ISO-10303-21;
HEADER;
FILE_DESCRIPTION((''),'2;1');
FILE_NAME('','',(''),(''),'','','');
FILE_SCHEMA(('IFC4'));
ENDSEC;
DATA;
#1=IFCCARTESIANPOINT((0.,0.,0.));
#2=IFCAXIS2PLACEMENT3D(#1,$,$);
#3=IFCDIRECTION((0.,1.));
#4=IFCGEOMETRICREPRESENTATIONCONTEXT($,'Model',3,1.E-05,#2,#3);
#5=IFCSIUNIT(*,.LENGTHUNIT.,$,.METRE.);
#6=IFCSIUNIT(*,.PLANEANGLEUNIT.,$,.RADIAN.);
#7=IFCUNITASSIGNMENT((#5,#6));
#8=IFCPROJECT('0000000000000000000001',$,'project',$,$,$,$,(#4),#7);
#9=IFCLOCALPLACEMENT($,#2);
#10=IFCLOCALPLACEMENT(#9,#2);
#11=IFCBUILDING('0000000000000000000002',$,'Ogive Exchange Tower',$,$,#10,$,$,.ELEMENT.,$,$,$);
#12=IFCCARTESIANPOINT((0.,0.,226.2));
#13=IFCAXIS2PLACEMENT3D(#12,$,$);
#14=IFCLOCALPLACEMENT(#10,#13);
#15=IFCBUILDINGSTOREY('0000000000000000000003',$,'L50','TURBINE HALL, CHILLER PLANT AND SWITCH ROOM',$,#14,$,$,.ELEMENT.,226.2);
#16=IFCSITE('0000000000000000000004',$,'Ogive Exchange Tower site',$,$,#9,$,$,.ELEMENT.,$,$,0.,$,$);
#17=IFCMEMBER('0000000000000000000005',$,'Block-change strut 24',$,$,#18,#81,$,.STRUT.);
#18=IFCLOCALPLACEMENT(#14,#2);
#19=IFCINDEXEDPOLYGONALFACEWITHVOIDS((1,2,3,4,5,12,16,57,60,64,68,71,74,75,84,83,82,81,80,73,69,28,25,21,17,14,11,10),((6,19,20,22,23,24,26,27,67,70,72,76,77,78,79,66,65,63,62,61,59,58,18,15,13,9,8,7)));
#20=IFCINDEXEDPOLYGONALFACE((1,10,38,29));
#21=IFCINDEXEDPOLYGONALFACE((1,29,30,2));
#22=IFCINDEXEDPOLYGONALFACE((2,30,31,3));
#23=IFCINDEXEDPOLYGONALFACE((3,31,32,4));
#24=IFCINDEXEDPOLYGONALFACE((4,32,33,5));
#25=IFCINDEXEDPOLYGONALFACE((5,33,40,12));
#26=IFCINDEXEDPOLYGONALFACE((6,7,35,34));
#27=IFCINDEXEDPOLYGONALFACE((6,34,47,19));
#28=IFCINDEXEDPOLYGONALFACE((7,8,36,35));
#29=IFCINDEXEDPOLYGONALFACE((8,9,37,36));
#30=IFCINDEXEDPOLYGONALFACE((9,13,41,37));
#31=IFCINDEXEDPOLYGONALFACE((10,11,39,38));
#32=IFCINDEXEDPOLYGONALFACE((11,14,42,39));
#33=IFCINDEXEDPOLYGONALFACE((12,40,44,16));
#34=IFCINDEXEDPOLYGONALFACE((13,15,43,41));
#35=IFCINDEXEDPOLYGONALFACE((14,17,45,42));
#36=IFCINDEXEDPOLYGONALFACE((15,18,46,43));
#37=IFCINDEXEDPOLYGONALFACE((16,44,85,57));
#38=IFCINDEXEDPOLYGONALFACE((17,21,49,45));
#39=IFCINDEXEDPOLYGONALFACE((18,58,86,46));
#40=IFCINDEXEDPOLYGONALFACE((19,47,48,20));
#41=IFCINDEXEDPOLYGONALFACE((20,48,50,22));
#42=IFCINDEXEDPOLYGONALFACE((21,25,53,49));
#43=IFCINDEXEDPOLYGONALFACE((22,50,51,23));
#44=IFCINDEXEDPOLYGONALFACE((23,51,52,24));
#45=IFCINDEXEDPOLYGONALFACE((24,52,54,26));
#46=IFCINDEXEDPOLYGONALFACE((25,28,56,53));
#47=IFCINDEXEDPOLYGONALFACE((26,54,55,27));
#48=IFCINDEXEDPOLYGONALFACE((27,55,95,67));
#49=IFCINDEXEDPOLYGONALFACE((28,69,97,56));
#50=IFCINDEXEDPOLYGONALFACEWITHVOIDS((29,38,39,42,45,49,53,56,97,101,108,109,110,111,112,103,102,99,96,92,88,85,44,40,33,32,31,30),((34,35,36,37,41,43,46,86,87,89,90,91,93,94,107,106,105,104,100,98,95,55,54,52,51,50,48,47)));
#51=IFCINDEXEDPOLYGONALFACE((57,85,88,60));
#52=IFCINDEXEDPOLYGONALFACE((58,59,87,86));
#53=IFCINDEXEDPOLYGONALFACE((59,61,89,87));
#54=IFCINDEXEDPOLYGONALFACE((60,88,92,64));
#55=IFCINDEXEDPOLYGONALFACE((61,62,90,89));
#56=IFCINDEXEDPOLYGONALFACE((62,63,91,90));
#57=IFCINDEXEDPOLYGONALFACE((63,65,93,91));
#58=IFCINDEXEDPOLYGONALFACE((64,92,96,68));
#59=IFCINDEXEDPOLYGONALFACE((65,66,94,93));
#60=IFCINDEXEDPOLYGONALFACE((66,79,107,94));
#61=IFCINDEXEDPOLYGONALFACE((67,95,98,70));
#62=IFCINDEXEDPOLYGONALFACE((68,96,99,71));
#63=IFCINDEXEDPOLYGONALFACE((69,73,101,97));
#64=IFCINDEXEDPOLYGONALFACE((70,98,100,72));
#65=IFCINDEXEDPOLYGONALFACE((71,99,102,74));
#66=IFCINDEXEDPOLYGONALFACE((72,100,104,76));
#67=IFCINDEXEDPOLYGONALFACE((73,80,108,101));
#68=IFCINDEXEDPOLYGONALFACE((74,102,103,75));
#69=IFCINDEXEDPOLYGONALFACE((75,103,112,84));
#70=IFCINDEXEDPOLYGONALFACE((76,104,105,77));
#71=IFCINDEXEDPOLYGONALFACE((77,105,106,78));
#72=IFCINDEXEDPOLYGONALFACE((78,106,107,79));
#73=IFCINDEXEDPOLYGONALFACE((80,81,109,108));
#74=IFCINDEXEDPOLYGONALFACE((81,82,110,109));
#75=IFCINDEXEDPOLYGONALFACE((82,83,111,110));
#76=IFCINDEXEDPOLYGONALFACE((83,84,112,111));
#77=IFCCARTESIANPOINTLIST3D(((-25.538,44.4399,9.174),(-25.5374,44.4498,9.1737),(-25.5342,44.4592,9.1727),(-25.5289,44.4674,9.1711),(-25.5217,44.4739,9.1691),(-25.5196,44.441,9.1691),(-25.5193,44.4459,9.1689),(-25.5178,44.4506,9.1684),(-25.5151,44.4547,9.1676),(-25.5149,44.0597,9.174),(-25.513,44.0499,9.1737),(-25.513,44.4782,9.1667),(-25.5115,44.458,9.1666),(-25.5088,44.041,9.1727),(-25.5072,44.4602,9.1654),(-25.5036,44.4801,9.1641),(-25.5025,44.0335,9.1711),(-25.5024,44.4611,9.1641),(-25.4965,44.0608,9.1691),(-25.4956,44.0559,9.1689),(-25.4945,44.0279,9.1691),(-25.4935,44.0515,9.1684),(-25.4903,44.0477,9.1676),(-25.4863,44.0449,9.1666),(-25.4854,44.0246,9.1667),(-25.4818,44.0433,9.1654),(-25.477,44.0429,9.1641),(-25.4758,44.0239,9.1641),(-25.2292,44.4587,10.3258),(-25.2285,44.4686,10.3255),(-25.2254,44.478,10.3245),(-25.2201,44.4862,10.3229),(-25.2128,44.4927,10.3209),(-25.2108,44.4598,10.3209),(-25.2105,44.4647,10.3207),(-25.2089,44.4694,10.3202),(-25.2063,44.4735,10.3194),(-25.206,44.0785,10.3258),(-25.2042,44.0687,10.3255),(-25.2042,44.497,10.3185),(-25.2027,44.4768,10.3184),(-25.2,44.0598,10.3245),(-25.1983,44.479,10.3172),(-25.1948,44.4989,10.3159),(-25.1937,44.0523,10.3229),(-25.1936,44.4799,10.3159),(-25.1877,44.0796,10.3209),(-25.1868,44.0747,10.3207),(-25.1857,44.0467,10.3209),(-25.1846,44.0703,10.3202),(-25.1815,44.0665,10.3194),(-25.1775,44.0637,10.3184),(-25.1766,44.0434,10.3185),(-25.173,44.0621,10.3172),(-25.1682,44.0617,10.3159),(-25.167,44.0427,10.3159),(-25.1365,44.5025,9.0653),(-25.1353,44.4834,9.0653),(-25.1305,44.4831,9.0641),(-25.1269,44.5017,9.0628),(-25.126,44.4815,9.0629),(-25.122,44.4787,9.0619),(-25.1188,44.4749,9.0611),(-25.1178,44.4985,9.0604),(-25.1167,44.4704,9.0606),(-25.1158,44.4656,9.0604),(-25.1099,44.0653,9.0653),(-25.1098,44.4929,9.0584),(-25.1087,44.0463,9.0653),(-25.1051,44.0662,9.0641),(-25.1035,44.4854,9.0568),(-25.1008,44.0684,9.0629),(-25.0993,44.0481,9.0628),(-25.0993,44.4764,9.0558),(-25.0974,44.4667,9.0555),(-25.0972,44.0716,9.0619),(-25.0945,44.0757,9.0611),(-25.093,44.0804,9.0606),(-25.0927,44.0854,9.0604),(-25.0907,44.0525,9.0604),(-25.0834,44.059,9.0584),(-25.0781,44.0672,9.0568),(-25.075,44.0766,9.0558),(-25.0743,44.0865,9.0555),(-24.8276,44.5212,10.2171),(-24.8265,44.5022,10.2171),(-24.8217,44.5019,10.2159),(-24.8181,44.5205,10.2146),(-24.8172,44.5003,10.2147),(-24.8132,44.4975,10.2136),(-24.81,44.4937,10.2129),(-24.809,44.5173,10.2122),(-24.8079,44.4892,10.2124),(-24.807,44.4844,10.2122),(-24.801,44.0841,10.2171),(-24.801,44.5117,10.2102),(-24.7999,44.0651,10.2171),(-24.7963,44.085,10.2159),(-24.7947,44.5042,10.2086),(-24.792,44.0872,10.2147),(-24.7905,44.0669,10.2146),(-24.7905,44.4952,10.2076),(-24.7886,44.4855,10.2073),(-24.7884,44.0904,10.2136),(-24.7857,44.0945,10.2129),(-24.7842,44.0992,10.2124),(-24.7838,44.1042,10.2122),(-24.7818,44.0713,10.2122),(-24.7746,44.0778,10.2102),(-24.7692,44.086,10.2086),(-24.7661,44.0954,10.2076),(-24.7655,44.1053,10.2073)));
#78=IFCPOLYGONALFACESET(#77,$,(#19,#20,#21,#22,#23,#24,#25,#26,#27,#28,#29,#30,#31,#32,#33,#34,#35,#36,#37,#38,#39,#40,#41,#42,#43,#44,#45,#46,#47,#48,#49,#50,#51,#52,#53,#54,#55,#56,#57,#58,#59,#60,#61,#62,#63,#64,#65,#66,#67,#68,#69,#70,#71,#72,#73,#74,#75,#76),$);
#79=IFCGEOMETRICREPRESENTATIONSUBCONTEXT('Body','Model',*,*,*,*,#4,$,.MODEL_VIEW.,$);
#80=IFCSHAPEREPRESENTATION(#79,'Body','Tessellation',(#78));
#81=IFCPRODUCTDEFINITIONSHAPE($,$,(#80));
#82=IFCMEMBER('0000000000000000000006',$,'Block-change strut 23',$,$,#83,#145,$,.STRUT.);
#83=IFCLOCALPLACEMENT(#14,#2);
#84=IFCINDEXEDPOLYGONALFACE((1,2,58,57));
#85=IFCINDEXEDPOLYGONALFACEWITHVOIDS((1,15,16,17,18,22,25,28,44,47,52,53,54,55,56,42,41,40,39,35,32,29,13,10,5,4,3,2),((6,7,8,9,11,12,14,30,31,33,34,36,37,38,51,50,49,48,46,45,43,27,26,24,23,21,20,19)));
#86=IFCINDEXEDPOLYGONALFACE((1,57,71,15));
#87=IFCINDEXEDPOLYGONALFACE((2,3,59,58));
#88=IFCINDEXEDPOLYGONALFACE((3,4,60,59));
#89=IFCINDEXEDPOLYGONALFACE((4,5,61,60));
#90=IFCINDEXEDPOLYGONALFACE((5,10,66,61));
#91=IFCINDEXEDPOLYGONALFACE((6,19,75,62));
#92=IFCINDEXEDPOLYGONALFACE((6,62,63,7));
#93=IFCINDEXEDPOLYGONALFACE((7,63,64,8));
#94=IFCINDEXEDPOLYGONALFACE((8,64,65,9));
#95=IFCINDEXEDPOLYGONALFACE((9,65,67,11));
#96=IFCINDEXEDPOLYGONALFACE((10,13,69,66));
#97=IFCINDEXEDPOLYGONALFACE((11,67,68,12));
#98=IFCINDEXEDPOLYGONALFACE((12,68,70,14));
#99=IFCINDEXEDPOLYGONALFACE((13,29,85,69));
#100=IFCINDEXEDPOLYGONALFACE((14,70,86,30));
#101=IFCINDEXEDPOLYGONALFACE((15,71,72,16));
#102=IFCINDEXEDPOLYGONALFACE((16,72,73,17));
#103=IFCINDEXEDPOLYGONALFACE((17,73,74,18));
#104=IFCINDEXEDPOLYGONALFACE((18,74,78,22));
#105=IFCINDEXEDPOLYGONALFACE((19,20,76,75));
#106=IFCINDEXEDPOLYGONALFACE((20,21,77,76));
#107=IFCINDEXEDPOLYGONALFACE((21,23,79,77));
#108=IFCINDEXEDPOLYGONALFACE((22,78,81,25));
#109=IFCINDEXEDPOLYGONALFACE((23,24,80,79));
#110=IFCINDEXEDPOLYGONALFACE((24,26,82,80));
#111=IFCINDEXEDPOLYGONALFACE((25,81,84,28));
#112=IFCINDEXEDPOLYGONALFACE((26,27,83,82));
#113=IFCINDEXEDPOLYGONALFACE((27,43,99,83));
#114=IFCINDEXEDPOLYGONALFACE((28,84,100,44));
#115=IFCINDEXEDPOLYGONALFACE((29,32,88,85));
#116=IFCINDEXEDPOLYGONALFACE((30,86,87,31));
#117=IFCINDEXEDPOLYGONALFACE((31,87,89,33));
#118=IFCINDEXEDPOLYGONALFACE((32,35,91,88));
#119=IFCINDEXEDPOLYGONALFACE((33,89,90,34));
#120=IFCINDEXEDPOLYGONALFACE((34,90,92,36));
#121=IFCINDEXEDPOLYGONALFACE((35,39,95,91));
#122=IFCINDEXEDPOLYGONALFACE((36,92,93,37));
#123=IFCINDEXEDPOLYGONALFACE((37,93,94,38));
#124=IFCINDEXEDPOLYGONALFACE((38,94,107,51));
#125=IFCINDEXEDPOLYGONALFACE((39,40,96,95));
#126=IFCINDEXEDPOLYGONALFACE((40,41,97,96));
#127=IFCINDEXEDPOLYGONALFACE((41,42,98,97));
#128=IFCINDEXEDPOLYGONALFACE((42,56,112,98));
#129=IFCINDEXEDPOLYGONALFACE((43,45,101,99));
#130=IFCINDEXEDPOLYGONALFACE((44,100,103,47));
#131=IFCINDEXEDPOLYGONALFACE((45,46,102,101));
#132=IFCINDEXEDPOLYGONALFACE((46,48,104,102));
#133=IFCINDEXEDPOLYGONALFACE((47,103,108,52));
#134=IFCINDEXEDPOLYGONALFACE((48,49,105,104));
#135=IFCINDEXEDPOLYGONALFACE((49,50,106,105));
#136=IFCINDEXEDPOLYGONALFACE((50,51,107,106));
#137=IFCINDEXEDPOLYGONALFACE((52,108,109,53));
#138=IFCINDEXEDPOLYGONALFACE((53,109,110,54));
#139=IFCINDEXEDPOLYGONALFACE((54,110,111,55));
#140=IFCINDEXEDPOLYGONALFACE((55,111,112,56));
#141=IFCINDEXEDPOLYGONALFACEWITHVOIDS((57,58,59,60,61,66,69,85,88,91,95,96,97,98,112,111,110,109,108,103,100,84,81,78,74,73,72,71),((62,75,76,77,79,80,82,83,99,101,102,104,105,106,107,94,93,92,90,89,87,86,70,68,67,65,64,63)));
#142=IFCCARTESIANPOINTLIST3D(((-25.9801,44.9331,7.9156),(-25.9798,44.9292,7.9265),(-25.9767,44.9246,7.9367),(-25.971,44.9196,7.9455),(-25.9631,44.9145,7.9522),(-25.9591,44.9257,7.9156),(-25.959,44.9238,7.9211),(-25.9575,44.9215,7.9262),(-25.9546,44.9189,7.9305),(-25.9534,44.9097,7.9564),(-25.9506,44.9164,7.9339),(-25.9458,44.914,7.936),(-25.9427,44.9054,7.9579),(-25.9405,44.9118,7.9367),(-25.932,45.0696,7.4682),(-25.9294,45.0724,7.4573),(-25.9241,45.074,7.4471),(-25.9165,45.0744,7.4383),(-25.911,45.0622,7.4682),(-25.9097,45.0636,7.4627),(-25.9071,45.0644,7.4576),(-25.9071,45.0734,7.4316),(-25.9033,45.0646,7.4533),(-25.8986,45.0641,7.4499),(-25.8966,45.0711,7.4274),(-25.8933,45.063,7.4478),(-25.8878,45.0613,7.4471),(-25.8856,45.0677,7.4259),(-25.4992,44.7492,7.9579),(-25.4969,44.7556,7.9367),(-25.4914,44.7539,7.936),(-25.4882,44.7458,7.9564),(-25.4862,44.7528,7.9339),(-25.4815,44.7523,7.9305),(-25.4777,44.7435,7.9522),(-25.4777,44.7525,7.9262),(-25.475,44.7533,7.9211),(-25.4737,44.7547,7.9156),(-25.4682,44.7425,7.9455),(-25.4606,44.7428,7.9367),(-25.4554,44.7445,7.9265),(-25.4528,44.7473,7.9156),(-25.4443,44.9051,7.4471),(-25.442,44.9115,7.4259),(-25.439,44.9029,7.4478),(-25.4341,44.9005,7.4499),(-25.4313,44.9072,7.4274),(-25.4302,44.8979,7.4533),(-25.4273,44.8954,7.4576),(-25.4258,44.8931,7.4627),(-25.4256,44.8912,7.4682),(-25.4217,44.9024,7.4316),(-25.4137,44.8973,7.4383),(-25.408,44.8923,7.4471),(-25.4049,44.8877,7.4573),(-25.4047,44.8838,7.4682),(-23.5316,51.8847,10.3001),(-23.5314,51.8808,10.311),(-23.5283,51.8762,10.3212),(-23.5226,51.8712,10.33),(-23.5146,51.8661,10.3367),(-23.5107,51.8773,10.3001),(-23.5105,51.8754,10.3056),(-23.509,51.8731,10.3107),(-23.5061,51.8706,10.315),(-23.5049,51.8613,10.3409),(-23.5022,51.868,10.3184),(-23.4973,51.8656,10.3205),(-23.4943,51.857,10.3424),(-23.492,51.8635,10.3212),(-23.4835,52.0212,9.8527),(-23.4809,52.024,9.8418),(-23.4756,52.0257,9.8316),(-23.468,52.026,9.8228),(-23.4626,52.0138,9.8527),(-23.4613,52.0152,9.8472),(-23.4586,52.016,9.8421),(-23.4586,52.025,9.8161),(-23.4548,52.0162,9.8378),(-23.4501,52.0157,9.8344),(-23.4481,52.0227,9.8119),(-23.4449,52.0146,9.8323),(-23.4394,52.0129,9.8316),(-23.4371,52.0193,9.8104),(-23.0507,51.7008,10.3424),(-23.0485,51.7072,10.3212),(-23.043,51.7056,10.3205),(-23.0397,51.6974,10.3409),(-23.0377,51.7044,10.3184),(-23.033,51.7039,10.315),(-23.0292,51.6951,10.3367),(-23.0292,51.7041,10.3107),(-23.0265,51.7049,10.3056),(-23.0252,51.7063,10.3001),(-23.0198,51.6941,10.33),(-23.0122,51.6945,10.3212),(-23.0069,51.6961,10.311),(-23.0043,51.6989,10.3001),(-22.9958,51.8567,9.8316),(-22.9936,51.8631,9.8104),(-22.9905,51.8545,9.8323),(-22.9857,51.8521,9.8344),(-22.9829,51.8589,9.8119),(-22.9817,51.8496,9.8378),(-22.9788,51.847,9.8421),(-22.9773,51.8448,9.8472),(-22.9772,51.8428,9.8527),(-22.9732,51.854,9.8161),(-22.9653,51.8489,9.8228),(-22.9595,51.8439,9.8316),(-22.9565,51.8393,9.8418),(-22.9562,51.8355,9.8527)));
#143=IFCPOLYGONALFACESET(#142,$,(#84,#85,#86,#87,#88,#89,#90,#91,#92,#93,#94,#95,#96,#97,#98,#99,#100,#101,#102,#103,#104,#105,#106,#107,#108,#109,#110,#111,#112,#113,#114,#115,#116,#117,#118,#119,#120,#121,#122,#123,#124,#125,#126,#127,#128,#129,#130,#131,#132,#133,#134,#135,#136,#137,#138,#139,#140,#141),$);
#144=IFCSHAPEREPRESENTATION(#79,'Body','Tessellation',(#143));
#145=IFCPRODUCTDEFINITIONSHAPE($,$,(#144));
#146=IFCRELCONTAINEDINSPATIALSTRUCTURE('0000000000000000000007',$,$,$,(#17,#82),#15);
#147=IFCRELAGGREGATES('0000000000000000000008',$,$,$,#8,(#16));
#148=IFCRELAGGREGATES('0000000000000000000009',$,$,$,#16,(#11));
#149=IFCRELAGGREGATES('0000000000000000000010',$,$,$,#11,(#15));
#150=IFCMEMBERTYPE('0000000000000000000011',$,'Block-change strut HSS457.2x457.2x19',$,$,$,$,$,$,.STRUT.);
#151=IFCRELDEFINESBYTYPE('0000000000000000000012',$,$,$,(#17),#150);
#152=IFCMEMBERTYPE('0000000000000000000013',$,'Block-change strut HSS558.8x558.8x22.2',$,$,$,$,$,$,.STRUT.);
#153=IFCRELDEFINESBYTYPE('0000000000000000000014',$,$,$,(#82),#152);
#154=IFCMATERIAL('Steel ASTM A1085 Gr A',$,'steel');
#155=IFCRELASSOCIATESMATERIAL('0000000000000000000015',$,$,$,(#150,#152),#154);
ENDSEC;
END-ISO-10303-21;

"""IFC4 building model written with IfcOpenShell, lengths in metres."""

from ifc_helpers import new_model, si_unit, direction, frame, origin, origin_2d, place, context, subcontext, project, spatial, hollow_rectangle, extrude, material, material_profile, profile_set, type_object, element, save


model = new_model("IFC4")

# Units and contexts
model_context = context("Model", 3, precision=1e-05, world=origin(), true_north=direction((0.0, 1.0)))
body_context = subcontext(model_context, "Body", "Model", "MODEL_VIEW")
ifc_project = project(units=[si_unit("LENGTHUNIT", "METRE"), si_unit("PLANEANGLEUNIT", "RADIAN")], contexts=[model_context])

# Site, building, storey
site_placement = place(None, origin())
site = spatial("IfcSite", under=ifc_project, at=site_placement, Name="Ogive Exchange Tower site", CompositionType="ELEMENT", RefElevation=0.0)
building_placement = place(site_placement, origin())
building = spatial("IfcBuilding", under=site, at=building_placement, Name="Ogive Exchange Tower", CompositionType="ELEMENT")
storey_placement = place(building_placement, frame((0.0, 0.0, 226.2)))
storey = spatial("IfcBuildingStorey", under=building, at=storey_placement, Name="L50", Description="TURBINE HALL, CHILLER PLANT AND SWITCH ROOM", CompositionType="ELEMENT", Elevation=226.2)

# Members
ifc_material_1 = material(Name="Steel ASTM A1085 Gr A", Category="steel")
ifc_material_profile_1 = material_profile(ifc_material_1, hollow_rectangle(XDim=0.457, YDim=0.457, WallThickness=0.019, InnerFilletRadius=0.019, OuterFilletRadius=0.0381, at=origin_2d()), Name="HSS457.2x457.2x19")
ifc_profile_set_1 = profile_set([ifc_material_profile_1], Name="Steel ASTM A1085 Gr A")
member_type_1 = type_object("IfcMemberType", Name="Block-change strut HSS457.2x457.2x19", PredefinedType="STRUT", material=ifc_profile_set_1)
member_1_placement = place(storey_placement, frame((-25.3062, 44.2632, 9.1147), z_axis=(0.258943, 0.015762, 0.965764), x_axis=(-0.060757, 0.998153, 0.0)))
element("IfcMember", 1, at=member_1_placement, inside=storey, type_object=member_type_1, Name="Block-change strut 24", PredefinedType="STRUT", context=body_context, shape_type="SweptSolid", body=[
    extrude(hollow_rectangle(XDim=0.457, YDim=0.457, WallThickness=0.019, InnerFilletRadius=0.019, OuterFilletRadius=0.0381, at=origin_2d()), origin(), (0.0, 0.0, 1.0), 1.1926),
])
ifc_material_profile_2 = material_profile(ifc_material_1, hollow_rectangle(XDim=0.5591, YDim=0.5591, WallThickness=0.0222, InnerFilletRadius=0.0222, OuterFilletRadius=0.0444, at=origin_2d()), Name="HSS558.8x558.8x22.2")
ifc_profile_set_2 = profile_set([ifc_material_profile_2], Name="Steel ASTM A1085 Gr A")
member_type_2 = type_object("IfcMemberType", Name="Block-change strut HSS558.8x558.8x22.2", PredefinedType="STRUT", material=ifc_profile_set_2)
member_2_placement = place(storey_placement, frame((-25.6924, 44.9084, 7.6919), z_axis=(0.316081, 0.897406, 0.307823), x_axis=(-0.943205, 0.332212, 0.0)))
element("IfcMember", 2, at=member_2_placement, inside=storey, type_object=member_type_2, Name="Block-change strut 23", PredefinedType="STRUT", context=body_context, shape_type="SweptSolid", body=[
    extrude(hollow_rectangle(XDim=0.5591, YDim=0.5591, WallThickness=0.0222, InnerFilletRadius=0.0222, OuterFilletRadius=0.0444, at=origin_2d()), origin(), (0.0, 0.0, 1.0), 7.7463),
])

save(model, "model.ifc")
